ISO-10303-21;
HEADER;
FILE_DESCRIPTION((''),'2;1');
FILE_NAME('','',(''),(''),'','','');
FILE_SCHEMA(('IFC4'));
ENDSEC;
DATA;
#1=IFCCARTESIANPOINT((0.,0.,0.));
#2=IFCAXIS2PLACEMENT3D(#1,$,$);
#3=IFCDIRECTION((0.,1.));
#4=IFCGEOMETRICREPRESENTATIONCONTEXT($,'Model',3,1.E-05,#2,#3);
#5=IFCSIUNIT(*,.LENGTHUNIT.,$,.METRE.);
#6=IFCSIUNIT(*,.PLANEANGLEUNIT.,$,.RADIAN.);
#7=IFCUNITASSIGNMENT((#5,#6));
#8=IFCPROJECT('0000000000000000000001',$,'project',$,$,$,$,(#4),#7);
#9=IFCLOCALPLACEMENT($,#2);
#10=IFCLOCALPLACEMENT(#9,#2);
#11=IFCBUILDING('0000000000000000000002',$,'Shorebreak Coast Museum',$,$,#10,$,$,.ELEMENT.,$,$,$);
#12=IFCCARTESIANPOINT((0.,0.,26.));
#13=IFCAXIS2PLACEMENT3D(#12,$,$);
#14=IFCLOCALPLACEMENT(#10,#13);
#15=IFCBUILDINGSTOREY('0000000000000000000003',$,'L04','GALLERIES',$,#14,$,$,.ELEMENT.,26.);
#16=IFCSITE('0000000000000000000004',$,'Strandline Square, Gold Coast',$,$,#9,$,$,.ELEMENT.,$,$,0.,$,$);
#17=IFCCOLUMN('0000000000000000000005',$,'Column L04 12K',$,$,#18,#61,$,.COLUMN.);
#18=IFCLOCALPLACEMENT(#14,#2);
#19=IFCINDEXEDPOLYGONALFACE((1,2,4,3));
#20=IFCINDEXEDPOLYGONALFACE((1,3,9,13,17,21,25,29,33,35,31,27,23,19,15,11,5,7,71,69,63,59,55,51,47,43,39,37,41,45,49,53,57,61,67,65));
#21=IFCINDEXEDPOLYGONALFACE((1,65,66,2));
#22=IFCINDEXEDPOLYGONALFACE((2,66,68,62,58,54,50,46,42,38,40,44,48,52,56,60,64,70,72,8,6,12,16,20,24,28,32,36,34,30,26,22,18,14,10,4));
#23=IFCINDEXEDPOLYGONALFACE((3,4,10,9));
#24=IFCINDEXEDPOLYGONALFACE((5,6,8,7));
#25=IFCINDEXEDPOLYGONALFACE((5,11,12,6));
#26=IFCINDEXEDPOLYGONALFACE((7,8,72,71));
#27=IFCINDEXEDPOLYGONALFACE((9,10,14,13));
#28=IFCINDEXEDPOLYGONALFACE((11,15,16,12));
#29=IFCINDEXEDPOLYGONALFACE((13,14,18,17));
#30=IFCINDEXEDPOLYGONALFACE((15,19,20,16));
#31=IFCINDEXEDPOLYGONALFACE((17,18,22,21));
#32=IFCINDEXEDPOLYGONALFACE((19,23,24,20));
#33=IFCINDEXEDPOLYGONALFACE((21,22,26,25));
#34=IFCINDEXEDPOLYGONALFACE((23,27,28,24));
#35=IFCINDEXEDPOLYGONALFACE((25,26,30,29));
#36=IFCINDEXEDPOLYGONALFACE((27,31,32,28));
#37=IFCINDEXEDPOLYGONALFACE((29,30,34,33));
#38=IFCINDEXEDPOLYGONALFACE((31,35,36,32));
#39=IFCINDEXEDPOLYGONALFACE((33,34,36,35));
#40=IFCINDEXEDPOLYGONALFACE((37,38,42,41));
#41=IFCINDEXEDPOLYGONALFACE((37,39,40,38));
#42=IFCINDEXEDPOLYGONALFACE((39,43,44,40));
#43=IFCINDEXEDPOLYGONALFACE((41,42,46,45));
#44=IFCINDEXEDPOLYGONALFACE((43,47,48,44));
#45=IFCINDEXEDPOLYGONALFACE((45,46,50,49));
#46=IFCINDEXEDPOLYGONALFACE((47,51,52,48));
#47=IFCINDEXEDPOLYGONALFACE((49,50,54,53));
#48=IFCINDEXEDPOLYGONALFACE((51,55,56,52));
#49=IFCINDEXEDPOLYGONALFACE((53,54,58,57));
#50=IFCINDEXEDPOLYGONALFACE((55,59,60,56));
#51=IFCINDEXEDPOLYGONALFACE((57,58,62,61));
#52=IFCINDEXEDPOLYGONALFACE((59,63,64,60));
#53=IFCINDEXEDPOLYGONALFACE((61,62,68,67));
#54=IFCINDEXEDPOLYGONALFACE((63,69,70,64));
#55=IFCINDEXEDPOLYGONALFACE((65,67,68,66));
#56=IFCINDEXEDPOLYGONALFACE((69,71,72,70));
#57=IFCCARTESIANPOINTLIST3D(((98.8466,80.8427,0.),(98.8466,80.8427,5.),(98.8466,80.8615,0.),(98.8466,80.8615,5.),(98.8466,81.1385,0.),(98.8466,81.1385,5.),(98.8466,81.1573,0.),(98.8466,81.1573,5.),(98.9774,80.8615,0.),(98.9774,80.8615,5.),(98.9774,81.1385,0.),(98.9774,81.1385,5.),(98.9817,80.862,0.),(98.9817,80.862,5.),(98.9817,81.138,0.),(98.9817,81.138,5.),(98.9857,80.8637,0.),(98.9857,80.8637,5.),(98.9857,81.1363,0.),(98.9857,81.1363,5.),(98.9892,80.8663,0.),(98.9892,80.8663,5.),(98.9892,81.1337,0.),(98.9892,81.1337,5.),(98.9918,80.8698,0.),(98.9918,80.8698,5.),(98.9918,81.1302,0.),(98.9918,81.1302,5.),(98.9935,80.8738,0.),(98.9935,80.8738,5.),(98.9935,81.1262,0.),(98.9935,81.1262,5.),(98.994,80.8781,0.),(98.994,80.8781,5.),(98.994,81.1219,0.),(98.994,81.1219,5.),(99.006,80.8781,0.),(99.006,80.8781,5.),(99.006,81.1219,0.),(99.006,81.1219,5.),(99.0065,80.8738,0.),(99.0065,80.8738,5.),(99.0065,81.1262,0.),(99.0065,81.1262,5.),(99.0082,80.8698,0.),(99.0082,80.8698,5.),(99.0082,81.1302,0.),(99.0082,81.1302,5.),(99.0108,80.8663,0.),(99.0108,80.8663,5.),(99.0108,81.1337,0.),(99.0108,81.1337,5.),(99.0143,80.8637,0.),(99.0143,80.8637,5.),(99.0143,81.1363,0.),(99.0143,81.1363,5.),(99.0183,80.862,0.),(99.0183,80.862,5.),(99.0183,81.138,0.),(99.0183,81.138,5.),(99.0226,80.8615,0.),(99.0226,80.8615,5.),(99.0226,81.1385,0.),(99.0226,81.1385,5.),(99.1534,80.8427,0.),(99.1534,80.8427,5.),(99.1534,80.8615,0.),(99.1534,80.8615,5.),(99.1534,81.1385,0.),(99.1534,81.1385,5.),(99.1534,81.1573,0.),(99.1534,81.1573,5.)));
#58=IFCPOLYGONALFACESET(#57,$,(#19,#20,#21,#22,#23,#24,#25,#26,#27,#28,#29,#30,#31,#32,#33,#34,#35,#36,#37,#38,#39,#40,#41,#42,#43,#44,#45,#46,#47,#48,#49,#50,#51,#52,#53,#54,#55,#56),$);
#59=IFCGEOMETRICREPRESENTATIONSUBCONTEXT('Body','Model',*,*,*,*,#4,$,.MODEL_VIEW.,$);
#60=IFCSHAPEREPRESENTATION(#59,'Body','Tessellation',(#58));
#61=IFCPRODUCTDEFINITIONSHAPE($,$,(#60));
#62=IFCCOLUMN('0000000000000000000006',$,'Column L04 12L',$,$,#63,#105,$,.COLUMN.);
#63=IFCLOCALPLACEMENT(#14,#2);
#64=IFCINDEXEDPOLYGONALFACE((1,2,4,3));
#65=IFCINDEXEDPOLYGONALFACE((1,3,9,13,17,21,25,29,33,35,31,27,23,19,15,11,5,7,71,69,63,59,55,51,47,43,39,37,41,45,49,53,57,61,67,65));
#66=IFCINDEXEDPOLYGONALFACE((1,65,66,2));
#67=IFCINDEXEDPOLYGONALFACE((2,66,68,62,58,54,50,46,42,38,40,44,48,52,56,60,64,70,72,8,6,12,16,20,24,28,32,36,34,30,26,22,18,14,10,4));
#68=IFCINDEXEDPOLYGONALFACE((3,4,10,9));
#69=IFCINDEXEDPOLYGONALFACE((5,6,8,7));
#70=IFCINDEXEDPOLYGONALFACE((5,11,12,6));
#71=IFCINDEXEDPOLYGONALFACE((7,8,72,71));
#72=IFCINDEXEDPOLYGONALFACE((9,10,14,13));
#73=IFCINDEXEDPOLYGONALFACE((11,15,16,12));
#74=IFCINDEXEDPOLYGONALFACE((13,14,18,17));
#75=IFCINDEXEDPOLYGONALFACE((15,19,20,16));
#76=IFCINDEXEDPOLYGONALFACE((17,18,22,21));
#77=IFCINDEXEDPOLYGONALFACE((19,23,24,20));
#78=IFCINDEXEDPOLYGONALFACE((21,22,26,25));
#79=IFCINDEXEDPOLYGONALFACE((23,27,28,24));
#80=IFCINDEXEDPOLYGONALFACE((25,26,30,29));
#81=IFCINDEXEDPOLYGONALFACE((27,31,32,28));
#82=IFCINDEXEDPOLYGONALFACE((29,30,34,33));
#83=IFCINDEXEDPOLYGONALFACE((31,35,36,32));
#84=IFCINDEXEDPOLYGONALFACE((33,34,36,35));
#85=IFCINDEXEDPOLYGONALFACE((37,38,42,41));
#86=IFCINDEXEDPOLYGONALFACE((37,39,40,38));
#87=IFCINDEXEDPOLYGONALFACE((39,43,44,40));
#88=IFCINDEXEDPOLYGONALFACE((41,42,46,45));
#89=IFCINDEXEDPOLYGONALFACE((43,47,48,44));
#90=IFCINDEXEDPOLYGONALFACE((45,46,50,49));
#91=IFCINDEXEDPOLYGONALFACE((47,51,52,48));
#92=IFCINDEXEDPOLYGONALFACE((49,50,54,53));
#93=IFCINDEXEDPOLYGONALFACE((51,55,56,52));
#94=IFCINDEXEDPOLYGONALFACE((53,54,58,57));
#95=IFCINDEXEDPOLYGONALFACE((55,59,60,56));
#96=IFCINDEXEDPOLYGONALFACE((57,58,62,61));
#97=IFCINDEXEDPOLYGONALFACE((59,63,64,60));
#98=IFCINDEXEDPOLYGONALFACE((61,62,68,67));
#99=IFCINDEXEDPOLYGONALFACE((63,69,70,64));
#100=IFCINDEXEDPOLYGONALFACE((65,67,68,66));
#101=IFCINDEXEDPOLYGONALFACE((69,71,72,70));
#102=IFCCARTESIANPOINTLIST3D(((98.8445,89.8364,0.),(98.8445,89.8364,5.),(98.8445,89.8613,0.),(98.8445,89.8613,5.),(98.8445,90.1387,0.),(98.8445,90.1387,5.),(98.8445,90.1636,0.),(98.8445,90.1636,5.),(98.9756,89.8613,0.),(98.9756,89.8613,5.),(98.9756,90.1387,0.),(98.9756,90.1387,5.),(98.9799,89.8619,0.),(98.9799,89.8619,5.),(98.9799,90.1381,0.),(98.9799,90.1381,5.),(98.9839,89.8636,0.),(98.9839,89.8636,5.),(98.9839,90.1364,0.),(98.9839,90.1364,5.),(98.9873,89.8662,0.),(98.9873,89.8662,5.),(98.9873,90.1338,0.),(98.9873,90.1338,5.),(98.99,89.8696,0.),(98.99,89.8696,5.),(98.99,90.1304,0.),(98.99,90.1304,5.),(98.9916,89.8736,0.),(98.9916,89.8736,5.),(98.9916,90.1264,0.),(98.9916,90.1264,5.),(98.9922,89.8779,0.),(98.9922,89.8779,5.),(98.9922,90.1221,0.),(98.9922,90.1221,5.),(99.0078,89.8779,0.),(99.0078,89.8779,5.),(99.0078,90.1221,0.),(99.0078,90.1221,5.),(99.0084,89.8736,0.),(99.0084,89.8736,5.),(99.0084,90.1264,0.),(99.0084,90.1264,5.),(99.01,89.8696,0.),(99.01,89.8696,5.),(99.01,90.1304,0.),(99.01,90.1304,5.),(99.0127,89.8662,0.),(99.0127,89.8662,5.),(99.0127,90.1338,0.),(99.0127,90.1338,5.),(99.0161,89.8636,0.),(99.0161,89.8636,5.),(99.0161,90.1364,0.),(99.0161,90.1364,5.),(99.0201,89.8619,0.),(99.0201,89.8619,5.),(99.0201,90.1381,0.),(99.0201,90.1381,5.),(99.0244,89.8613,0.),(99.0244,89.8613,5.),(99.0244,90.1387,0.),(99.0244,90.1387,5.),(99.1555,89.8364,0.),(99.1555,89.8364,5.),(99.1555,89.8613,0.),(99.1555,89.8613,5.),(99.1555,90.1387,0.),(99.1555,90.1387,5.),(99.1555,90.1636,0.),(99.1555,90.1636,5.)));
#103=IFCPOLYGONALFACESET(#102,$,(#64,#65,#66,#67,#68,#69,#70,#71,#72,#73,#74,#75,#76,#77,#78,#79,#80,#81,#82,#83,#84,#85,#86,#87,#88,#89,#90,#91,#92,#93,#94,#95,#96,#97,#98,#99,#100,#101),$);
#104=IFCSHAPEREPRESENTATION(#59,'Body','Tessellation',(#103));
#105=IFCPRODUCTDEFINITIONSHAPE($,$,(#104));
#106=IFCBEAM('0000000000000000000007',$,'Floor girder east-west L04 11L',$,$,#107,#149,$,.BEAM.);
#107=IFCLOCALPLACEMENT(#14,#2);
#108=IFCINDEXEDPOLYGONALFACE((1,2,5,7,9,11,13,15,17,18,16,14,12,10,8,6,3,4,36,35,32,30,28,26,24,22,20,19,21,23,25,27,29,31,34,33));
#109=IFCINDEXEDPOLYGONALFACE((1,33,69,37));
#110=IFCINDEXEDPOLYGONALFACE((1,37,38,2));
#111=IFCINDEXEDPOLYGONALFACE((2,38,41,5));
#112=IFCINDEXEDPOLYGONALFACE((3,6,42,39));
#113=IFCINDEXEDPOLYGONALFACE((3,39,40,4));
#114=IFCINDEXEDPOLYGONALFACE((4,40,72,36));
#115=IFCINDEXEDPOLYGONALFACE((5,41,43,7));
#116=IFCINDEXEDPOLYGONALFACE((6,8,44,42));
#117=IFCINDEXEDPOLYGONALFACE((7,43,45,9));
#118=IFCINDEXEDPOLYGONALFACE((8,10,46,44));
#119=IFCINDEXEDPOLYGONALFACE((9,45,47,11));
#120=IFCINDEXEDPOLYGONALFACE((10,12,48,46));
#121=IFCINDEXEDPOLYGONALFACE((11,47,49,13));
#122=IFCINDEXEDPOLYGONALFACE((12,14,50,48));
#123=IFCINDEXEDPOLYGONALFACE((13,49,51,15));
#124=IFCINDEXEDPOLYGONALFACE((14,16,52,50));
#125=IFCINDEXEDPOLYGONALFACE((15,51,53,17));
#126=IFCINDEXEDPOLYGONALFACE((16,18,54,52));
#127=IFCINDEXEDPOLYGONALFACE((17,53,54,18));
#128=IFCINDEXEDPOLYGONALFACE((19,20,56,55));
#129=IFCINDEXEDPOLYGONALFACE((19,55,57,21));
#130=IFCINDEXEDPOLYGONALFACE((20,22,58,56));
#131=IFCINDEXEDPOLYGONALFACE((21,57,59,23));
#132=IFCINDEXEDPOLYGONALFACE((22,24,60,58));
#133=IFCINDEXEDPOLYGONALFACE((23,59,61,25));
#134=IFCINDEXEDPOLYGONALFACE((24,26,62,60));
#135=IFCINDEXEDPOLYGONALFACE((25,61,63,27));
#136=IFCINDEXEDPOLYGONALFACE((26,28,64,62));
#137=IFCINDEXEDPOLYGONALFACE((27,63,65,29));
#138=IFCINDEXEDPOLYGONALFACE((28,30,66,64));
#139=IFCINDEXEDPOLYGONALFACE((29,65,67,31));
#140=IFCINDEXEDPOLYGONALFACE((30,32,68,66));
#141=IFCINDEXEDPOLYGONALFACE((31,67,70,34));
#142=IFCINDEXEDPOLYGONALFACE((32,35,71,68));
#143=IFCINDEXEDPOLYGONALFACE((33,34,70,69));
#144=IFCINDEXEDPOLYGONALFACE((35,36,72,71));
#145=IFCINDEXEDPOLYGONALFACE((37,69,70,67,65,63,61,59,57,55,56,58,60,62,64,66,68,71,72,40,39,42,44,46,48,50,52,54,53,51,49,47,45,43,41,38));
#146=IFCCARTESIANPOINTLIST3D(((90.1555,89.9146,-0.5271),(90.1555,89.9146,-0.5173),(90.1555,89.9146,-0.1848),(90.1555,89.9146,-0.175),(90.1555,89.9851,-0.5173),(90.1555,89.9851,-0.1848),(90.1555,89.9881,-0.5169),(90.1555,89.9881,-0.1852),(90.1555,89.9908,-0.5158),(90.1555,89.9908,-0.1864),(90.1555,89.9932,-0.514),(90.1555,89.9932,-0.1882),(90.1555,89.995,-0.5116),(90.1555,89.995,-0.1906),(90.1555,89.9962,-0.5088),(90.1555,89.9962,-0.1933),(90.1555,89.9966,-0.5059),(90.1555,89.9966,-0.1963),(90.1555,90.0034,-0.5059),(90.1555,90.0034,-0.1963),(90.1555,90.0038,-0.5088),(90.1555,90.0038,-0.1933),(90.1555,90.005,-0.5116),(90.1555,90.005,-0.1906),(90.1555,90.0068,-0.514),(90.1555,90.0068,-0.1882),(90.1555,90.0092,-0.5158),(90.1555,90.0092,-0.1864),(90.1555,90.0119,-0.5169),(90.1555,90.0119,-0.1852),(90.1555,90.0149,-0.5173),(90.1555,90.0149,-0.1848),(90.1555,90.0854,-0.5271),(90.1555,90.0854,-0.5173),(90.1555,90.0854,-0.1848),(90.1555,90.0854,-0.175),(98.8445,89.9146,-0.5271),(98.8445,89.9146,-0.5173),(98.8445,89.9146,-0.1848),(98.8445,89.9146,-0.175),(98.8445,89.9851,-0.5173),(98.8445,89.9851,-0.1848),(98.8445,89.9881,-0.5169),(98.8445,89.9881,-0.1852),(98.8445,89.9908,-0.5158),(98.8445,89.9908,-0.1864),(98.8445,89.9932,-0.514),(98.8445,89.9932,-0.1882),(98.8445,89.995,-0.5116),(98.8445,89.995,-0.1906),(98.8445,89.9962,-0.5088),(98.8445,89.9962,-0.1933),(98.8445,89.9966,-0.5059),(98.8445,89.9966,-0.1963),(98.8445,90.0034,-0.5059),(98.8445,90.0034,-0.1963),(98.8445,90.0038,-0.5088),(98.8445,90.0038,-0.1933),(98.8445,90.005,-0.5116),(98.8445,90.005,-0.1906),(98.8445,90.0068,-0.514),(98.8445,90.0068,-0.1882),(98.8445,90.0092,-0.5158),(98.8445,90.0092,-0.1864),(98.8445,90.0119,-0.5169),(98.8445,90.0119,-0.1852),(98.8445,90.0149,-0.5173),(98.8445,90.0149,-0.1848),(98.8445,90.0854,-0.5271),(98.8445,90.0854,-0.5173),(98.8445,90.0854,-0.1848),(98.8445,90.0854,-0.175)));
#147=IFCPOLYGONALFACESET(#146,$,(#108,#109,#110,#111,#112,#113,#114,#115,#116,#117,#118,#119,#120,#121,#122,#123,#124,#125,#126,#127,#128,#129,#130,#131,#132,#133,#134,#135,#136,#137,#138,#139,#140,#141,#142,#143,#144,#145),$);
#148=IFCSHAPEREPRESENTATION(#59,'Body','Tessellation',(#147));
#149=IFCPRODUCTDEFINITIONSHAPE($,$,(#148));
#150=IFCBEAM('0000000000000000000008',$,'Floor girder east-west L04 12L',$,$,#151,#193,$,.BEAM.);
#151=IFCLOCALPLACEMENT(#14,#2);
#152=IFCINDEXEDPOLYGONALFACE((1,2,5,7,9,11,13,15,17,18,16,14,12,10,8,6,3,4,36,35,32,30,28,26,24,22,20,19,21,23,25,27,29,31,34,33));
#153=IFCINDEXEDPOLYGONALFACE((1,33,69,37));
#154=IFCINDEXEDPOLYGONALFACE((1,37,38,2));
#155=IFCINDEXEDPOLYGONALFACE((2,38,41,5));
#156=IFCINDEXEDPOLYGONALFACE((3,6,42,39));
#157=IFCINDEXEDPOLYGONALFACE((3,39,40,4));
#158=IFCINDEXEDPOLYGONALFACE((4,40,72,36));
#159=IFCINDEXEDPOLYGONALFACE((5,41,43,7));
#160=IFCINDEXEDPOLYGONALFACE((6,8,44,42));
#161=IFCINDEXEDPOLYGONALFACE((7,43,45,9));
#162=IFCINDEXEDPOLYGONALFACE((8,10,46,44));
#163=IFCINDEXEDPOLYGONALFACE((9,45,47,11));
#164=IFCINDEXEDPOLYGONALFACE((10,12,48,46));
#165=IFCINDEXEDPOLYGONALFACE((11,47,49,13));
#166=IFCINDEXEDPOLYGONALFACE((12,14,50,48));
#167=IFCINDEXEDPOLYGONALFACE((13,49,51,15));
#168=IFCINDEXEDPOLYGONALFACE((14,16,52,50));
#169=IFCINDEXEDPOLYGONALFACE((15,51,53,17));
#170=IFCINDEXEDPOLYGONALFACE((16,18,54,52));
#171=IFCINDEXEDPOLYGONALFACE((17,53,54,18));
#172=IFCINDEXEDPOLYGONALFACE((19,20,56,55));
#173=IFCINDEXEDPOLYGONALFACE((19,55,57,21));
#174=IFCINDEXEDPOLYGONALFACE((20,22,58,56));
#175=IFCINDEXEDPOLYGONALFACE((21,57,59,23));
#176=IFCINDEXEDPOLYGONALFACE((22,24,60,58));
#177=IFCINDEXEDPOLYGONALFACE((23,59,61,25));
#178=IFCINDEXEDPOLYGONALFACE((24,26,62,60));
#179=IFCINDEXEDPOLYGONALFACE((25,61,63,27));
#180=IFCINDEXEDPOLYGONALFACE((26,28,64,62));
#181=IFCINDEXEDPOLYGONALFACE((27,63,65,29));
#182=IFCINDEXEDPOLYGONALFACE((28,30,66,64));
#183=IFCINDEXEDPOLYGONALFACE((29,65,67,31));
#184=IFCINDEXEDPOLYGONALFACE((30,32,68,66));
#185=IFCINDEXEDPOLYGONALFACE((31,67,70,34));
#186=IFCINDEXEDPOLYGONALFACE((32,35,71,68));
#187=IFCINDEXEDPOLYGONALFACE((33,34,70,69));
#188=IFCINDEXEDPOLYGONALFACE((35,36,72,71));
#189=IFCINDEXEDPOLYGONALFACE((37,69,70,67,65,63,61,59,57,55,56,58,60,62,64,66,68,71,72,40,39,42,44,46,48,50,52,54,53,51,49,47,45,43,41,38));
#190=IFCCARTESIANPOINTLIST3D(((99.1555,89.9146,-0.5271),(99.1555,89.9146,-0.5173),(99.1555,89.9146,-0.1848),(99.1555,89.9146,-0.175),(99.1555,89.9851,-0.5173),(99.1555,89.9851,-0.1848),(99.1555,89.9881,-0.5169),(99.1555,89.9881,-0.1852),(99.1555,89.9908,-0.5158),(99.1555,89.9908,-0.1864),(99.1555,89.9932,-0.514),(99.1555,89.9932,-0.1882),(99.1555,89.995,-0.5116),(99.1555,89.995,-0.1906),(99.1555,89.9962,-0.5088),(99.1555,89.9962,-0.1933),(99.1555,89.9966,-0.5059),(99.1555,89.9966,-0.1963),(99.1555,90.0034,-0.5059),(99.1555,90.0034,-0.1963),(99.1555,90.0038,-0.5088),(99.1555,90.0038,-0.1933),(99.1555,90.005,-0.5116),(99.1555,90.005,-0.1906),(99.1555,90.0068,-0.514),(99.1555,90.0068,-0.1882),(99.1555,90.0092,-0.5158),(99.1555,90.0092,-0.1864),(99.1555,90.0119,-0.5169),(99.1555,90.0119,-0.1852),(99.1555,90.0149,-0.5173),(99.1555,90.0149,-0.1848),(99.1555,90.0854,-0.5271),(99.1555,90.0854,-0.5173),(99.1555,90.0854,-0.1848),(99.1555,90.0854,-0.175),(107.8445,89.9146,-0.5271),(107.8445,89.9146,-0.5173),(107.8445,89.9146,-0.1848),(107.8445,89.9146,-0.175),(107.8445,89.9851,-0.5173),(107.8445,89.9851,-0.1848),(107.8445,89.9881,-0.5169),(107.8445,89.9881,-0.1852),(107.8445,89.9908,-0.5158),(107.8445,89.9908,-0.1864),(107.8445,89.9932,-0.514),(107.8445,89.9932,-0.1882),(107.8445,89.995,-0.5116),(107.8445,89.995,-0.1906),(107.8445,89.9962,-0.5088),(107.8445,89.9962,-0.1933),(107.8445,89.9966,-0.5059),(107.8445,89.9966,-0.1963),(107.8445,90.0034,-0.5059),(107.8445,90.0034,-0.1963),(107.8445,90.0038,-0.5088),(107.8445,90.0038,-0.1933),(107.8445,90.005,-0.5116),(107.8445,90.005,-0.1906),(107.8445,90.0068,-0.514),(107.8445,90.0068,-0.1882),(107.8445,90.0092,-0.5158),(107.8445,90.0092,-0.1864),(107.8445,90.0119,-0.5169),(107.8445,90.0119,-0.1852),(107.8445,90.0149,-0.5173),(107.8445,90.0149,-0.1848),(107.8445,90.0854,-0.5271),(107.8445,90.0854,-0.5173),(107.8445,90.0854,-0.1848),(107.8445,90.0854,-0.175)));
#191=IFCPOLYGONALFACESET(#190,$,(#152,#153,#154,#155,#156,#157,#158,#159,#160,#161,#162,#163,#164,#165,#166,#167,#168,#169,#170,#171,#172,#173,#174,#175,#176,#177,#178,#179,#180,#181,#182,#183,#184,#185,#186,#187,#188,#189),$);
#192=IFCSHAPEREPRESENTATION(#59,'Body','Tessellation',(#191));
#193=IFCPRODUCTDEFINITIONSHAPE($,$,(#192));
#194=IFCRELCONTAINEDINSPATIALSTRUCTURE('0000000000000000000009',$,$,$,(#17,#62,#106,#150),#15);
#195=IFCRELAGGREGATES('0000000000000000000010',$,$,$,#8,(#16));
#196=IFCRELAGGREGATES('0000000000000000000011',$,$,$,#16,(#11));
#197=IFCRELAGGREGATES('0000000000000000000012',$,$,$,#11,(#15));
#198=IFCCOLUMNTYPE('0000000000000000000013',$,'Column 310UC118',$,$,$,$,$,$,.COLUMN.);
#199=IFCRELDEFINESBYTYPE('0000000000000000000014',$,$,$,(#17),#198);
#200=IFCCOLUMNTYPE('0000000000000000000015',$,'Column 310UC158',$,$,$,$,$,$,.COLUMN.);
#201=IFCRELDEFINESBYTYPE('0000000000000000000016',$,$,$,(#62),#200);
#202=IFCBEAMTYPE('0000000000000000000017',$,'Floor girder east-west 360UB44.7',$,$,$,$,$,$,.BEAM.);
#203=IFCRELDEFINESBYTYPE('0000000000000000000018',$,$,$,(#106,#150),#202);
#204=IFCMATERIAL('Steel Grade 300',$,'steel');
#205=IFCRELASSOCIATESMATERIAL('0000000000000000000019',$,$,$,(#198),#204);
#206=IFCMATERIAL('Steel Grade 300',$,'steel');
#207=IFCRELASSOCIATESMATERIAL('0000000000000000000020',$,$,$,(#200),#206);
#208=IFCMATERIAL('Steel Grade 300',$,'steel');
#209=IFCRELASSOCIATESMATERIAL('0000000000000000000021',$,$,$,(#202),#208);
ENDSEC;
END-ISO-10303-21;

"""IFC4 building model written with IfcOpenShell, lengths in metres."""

from ifc_helpers import new_model, si_unit, direction, frame, origin, origin_2d, place, context, subcontext, project, spatial, i_section, extrude, material, material_profile, profile_set, type_object, element, save


model = new_model("IFC4")

# Units and contexts
model_context = context("Model", 3, precision=1e-05, world=origin(), true_north=direction((0.0, 1.0)))
body_context = subcontext(model_context, "Body", "Model", "MODEL_VIEW")
ifc_project = project(units=[si_unit("LENGTHUNIT", "METRE"), si_unit("PLANEANGLEUNIT", "RADIAN")], contexts=[model_context])

# Site, building, storey
site_placement = place(None, origin())
site = spatial("IfcSite", under=ifc_project, at=site_placement, Name="Strandline Square, Gold Coast", CompositionType="ELEMENT", RefElevation=0.0)
building_placement = place(site_placement, origin())
building = spatial("IfcBuilding", under=site, at=building_placement, Name="Shorebreak Coast Museum", CompositionType="ELEMENT")
storey_placement = place(building_placement, frame((0.0, 0.0, 26.0)))
storey = spatial("IfcBuildingStorey", under=building, at=storey_placement, Name="L04", Description="GALLERIES", CompositionType="ELEMENT", Elevation=26.0)

# Columns
ifc_material_1 = material(Name="Steel Grade 300", Category="steel")
ifc_material_profile_1 = material_profile(ifc_material_1, i_section(OverallWidth=0.3069, OverallDepth=0.3147, WebThickness=0.012, FlangeThickness=0.0188, FilletRadius=0.0166, at=origin_2d()), Name="310UC118")
ifc_profile_set_1 = profile_set([ifc_material_profile_1], Name="Steel Grade 300")
column_type_1 = type_object("IfcColumnType", Name="Column 310UC118", PredefinedType="COLUMN", material=ifc_profile_set_1)
column_1_placement = place(storey_placement, frame((99.0, 81.0, 0.0), z_axis=(0.0, 0.0, 1.0), x_axis=(1.0, 0.0, 0.0)))
element("IfcColumn", 1, at=column_1_placement, inside=storey, type_object=column_type_1, Name="Column L04 12K", PredefinedType="COLUMN", context=body_context, shape_type="SweptSolid", body=[
    extrude(i_section(OverallWidth=0.3069, OverallDepth=0.3147, WebThickness=0.012, FlangeThickness=0.0188, FilletRadius=0.0166, at=origin_2d()), origin(), (0.0, 0.0, 1.0), 5.0),
])
ifc_material_2 = material(Name="Steel Grade 300", Category="steel")
ifc_material_profile_2 = material_profile(ifc_material_2, i_section(OverallWidth=0.311, OverallDepth=0.3271, WebThickness=0.0156, FlangeThickness=0.0249, FilletRadius=0.0166, at=origin_2d()), Name="310UC158")
ifc_profile_set_2 = profile_set([ifc_material_profile_2], Name="Steel Grade 300")
column_type_2 = type_object("IfcColumnType", Name="Column 310UC158", PredefinedType="COLUMN", material=ifc_profile_set_2)
column_2_placement = place(storey_placement, frame((99.0, 90.0, 0.0), z_axis=(0.0, 0.0, 1.0), x_axis=(1.0, 0.0, 0.0)))
element("IfcColumn", 2, at=column_2_placement, inside=storey, type_object=column_type_2, Name="Column L04 12L", PredefinedType="COLUMN", context=body_context, shape_type="SweptSolid", body=[
    extrude(i_section(OverallWidth=0.311, OverallDepth=0.3271, WebThickness=0.0156, FlangeThickness=0.0249, FilletRadius=0.0166, at=origin_2d()), origin(), (0.0, 0.0, 1.0), 5.0),
])

# Beams
ifc_material_3 = material(Name="Steel Grade 300", Category="steel")
ifc_material_profile_3 = material_profile(ifc_material_3, i_section(OverallWidth=0.1709, OverallDepth=0.3521, WebThickness=0.0068, FlangeThickness=0.0098, FilletRadius=0.0115, at=origin_2d()), Name="360UB44.7")
ifc_profile_set_3 = profile_set([ifc_material_profile_3], Name="Steel Grade 300")
beam_type_1 = type_object("IfcBeamType", Name="Floor girder east-west 360UB44.7", PredefinedType="BEAM", material=ifc_profile_set_3)
for number, where, z_axis, x_axis, name in (
    (3, (90.1555, 90.0, -0.3511), (1.0, 0.0, 0.0), (0.0, 1.0, 0.0), "Floor girder east-west L04 11L"),
    (4, (99.1555, 90.0, -0.3511), (1.0, 0.0, 0.0), (0.0, 1.0, 0.0), "Floor girder east-west L04 12L"),
):
    element("IfcBeam", number, at=place(storey_placement, frame(where, z_axis=z_axis, x_axis=x_axis)), inside=storey, type_object=beam_type_1, Name=name, PredefinedType="BEAM", context=body_context, shape_type="SweptSolid", body=[
        extrude(i_section(OverallWidth=0.1709, OverallDepth=0.3521, WebThickness=0.0068, FlangeThickness=0.0098, FilletRadius=0.0115, at=origin_2d()), origin(), (0.0, 0.0, 1.0), 8.689),
    ])

save(model, "model.ifc")
